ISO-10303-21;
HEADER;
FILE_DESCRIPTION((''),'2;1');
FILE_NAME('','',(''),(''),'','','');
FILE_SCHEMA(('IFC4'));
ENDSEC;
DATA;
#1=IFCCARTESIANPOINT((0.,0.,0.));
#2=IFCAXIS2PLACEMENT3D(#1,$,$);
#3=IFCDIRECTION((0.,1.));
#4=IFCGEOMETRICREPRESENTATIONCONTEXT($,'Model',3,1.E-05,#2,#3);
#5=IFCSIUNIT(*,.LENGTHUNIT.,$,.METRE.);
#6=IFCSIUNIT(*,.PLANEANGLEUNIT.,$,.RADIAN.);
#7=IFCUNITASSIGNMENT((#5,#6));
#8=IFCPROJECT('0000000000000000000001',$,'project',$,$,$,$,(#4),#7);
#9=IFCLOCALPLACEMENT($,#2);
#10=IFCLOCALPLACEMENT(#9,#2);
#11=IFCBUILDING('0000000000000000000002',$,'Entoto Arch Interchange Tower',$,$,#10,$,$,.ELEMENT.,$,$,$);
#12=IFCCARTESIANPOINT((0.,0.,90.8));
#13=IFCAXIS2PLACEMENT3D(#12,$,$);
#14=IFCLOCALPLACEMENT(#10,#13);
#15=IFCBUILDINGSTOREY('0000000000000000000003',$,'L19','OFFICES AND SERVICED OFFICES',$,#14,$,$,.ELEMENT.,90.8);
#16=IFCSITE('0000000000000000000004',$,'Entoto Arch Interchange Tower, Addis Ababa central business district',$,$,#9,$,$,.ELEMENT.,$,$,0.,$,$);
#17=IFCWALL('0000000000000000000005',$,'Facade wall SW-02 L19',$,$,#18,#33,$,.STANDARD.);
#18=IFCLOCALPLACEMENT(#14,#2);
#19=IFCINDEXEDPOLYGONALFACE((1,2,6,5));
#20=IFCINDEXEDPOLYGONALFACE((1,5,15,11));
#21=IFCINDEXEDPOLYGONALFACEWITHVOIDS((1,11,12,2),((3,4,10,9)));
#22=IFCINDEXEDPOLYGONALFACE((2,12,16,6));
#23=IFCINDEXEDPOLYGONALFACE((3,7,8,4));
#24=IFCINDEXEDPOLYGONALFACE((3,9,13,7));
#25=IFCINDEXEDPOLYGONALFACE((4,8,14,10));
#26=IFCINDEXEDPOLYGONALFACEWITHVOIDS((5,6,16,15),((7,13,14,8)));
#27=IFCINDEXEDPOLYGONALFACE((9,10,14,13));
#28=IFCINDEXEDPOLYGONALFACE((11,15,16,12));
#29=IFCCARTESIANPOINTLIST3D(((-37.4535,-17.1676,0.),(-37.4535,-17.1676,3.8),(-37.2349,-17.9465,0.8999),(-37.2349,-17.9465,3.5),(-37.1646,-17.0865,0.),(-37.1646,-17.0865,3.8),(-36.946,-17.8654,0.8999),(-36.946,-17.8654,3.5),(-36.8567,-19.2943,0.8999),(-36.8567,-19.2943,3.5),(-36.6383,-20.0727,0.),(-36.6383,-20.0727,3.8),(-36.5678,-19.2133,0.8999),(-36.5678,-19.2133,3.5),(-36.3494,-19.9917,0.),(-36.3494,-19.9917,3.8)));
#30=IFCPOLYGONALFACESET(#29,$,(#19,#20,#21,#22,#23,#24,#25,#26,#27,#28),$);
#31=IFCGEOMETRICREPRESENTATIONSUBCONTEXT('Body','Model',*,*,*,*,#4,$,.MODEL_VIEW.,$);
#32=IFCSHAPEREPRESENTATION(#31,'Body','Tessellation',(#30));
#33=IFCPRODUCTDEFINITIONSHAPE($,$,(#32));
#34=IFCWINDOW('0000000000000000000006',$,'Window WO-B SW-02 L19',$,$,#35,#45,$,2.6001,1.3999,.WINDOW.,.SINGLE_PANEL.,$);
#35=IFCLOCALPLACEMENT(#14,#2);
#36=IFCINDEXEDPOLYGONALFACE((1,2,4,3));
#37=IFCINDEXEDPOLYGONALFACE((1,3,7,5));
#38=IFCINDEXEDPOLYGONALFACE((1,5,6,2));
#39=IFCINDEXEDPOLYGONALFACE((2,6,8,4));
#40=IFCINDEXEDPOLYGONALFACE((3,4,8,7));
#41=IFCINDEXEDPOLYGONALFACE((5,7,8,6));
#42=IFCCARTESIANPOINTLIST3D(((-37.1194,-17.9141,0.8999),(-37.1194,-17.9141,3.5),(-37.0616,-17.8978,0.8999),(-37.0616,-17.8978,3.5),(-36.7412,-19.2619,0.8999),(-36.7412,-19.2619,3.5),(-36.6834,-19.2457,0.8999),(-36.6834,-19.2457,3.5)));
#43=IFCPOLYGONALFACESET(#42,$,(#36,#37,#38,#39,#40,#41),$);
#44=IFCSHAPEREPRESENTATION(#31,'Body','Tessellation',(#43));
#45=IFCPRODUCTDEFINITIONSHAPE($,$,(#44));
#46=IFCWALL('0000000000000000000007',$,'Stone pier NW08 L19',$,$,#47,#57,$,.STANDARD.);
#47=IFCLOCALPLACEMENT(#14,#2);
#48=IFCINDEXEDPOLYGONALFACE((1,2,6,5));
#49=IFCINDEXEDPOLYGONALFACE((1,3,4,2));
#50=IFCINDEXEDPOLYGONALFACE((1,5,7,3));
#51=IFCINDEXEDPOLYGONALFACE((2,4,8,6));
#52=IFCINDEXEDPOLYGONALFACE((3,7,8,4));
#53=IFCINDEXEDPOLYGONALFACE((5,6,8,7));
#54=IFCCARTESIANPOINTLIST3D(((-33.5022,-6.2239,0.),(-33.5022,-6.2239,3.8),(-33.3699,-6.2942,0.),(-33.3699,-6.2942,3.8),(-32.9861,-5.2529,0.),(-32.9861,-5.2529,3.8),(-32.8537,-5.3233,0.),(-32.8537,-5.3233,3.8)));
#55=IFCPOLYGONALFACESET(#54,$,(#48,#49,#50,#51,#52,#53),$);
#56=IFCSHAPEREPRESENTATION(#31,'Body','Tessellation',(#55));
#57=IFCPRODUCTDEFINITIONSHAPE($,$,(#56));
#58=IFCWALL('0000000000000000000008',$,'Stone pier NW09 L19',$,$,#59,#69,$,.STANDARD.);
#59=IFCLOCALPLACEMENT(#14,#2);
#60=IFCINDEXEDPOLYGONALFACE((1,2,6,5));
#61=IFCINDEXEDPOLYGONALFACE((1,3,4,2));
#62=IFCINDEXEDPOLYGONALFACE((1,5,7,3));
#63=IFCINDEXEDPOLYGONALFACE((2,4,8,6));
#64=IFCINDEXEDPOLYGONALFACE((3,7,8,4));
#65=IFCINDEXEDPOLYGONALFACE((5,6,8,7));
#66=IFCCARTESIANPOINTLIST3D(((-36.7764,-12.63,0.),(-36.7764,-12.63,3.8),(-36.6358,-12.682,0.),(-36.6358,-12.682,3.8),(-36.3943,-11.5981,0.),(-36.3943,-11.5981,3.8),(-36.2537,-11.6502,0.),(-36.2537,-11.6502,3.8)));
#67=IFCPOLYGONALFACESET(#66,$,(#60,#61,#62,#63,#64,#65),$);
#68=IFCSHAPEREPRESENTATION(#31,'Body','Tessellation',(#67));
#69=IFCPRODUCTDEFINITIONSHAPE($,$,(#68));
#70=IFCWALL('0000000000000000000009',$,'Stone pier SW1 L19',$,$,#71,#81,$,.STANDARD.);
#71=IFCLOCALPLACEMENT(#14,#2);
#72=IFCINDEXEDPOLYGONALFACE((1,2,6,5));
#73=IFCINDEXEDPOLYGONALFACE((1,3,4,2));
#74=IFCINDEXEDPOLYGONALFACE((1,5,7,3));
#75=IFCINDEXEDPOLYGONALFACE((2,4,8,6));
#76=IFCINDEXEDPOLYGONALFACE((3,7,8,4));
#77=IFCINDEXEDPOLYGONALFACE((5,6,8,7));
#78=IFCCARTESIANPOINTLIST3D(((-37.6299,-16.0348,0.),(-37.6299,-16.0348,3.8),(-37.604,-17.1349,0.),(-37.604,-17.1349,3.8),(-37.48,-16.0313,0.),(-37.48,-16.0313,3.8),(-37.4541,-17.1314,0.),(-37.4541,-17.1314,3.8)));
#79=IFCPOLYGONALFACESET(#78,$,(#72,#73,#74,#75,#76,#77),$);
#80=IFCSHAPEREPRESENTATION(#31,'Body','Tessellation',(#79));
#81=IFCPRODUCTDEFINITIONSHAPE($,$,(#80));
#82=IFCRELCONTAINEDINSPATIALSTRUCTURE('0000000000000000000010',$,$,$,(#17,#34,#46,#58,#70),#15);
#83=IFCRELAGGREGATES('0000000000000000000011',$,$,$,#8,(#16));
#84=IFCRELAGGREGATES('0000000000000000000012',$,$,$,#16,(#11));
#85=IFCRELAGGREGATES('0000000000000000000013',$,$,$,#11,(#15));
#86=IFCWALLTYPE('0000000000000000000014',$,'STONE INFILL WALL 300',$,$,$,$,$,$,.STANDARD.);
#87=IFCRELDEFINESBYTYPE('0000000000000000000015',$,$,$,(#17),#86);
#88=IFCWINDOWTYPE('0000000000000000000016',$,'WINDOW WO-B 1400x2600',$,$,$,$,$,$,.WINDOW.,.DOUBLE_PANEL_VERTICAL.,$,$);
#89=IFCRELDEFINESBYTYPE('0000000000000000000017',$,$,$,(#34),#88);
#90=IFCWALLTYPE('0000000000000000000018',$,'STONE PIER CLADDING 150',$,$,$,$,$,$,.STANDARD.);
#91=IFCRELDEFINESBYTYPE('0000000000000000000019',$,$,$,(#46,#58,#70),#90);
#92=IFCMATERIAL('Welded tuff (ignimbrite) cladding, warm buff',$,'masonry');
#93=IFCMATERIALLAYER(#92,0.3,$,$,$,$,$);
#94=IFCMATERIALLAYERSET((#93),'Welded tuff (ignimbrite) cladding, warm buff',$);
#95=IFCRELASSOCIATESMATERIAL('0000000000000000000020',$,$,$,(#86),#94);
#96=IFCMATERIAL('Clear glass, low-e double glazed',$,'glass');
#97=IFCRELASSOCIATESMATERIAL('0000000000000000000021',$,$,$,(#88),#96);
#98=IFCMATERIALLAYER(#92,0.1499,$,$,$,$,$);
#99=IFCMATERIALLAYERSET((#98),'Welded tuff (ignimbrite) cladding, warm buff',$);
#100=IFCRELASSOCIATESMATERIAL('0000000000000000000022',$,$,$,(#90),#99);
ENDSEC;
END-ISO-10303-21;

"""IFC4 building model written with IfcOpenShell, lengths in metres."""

from ifc_helpers import new_model, si_unit, direction, frame, frame_2d, origin, place, context, subcontext, project, spatial, rectangle, extrude, material, layer, layer_set, type_object, element, fill, save


model = new_model("IFC4")

# Units and contexts
model_context = context("Model", 3, precision=1e-05, world=origin(), true_north=direction((0.0, 1.0)))
body_context = subcontext(model_context, "Body", "Model", "MODEL_VIEW")
ifc_project = project(units=[si_unit("LENGTHUNIT", "METRE"), si_unit("PLANEANGLEUNIT", "RADIAN")], contexts=[model_context])

# Site, building, storey
site_placement = place(None, origin())
site = spatial("IfcSite", under=ifc_project, at=site_placement, Name="Entoto Arch Interchange Tower, Addis Ababa central business district", CompositionType="ELEMENT", RefElevation=0.0)
building_placement = place(site_placement, origin())
building = spatial("IfcBuilding", under=site, at=building_placement, Name="Entoto Arch Interchange Tower", CompositionType="ELEMENT")
storey_placement = place(building_placement, frame((0.0, 0.0, 90.8)))
storey = spatial("IfcBuildingStorey", under=building, at=storey_placement, Name="L19", Description="OFFICES AND SERVICED OFFICES", CompositionType="ELEMENT", Elevation=90.8)

# Shared definitions
ifc_material_1 = material(Name="Welded tuff (ignimbrite) cladding, warm buff", Category="masonry")
ifc_layer_1 = layer(ifc_material_1, 0.3)
ifc_layer_set_1 = layer_set([ifc_layer_1], Name="Welded tuff (ignimbrite) cladding, warm buff")
wall_type_1 = type_object("IfcWallType", Name="STONE INFILL WALL 300", PredefinedType="STANDARD", material=ifc_layer_set_1)
ifc_material_2 = material(Name="Clear glass, low-e double glazed", Category="glass")

# Wall, opening, window
window_type_1 = type_object("IfcWindowType", Name="WINDOW WO-B 1400x2600", PartitioningType="DOUBLE_PANEL_VERTICAL", PredefinedType="WINDOW", material=ifc_material_2)
wall_1_placement = place(storey_placement, frame((-37.3091, -17.127, 0.0), z_axis=(0.0, 0.0, 1.0), x_axis=(0.270176, -0.962811, 0.0)))
wall_1 = element("IfcWall", 1, at=wall_1_placement, inside=storey, type_object=wall_type_1, Name="Facade wall SW-02 L19", PredefinedType="STANDARD", context=body_context, shape_type="SweptSolid", body=[
    extrude(rectangle(XDim=3.0173, YDim=0.3, at=frame_2d((1.5088, 0.0))), origin(), (0.0, 0.0, 1.0), 3.8),
])
opening_1_placement = place(wall_1_placement, frame((0.8091, 0.0, 0.8999)))
opening_1 = element("IfcOpeningElement", 2, at=opening_1_placement, cuts=wall_1, PredefinedType="OPENING", context=body_context, shape_type="SweptSolid", body=[
    extrude(rectangle(XDim=1.3999, YDim=2.6001, at=frame_2d((0.7, 1.3))), frame((0.0, 0.1602, 0.0), z_axis=(0.0, -1.0, 0.0), x_axis=(1.0, 0.0, 0.0)), (0.0, 0.0, 1.0), 0.3201),
])
window_1_placement = place(opening_1_placement, origin())
window_1 = element("IfcWindow", 3, at=window_1_placement, inside=storey, type_object=window_type_1, Name="Window WO-B SW-02 L19", OverallHeight=2.6001, OverallWidth=1.3999, PartitioningType="SINGLE_PANEL", PredefinedType="WINDOW", context=body_context, shape_type="SweptSolid", body=[
    extrude(rectangle(XDim=1.3999, YDim=2.6001, at=frame_2d((0.7, 1.3))), frame((0.0, 0.03, 0.0), z_axis=(0.0, -1.0, 0.0), x_axis=(1.0, 0.0, 0.0)), (0.0, 0.0, 1.0), 0.0601),
])
fill(opening_1, window_1)

# Walls
ifc_layer_2 = layer(ifc_material_1, 0.1499)
ifc_layer_set_2 = layer_set([ifc_layer_2], Name="Welded tuff (ignimbrite) cladding, warm buff")
wall_type_2 = type_object("IfcWallType", Name="STONE PIER CLADDING 150", PredefinedType="STANDARD", material=ifc_layer_set_2)
wall_2_placement = place(storey_placement, frame((-32.9199, -5.2881, 0.0), z_axis=(0.0, 0.0, 1.0), x_axis=(-0.469366, -0.883004, 0.0)))
element("IfcWall", 4, at=wall_2_placement, inside=storey, type_object=wall_type_2, Name="Stone pier NW08 L19", PredefinedType="STANDARD", context=body_context, shape_type="SweptSolid", body=[
    extrude(rectangle(XDim=1.0996, YDim=0.1499, at=frame_2d((0.5498, 0.0))), origin(), (0.0, 0.0, 1.0), 3.8),
])
for number, where, z_axis, x_axis, name in (
    (5, (-36.324, -11.624, 0.0), (0.0, 0.0, 1.0), (-0.347206, -0.937789, 0.0), "Stone pier NW09 L19"),
    (6, (-37.5549, -16.033, 0.0), (0.0, 0.0, 1.0), (0.023518, -0.999723, 0.0), "Stone pier SW1 L19"),
):
    element("IfcWall", number, at=place(storey_placement, frame(where, z_axis=z_axis, x_axis=x_axis)), inside=storey, type_object=wall_type_2, Name=name, PredefinedType="STANDARD", context=body_context, shape_type="SweptSolid", body=[
        extrude(rectangle(XDim=1.1003, YDim=0.1499, at=frame_2d((0.5503, 0.0))), origin(), (0.0, 0.0, 1.0), 3.8),
    ])

save(model, "model.ifc")
